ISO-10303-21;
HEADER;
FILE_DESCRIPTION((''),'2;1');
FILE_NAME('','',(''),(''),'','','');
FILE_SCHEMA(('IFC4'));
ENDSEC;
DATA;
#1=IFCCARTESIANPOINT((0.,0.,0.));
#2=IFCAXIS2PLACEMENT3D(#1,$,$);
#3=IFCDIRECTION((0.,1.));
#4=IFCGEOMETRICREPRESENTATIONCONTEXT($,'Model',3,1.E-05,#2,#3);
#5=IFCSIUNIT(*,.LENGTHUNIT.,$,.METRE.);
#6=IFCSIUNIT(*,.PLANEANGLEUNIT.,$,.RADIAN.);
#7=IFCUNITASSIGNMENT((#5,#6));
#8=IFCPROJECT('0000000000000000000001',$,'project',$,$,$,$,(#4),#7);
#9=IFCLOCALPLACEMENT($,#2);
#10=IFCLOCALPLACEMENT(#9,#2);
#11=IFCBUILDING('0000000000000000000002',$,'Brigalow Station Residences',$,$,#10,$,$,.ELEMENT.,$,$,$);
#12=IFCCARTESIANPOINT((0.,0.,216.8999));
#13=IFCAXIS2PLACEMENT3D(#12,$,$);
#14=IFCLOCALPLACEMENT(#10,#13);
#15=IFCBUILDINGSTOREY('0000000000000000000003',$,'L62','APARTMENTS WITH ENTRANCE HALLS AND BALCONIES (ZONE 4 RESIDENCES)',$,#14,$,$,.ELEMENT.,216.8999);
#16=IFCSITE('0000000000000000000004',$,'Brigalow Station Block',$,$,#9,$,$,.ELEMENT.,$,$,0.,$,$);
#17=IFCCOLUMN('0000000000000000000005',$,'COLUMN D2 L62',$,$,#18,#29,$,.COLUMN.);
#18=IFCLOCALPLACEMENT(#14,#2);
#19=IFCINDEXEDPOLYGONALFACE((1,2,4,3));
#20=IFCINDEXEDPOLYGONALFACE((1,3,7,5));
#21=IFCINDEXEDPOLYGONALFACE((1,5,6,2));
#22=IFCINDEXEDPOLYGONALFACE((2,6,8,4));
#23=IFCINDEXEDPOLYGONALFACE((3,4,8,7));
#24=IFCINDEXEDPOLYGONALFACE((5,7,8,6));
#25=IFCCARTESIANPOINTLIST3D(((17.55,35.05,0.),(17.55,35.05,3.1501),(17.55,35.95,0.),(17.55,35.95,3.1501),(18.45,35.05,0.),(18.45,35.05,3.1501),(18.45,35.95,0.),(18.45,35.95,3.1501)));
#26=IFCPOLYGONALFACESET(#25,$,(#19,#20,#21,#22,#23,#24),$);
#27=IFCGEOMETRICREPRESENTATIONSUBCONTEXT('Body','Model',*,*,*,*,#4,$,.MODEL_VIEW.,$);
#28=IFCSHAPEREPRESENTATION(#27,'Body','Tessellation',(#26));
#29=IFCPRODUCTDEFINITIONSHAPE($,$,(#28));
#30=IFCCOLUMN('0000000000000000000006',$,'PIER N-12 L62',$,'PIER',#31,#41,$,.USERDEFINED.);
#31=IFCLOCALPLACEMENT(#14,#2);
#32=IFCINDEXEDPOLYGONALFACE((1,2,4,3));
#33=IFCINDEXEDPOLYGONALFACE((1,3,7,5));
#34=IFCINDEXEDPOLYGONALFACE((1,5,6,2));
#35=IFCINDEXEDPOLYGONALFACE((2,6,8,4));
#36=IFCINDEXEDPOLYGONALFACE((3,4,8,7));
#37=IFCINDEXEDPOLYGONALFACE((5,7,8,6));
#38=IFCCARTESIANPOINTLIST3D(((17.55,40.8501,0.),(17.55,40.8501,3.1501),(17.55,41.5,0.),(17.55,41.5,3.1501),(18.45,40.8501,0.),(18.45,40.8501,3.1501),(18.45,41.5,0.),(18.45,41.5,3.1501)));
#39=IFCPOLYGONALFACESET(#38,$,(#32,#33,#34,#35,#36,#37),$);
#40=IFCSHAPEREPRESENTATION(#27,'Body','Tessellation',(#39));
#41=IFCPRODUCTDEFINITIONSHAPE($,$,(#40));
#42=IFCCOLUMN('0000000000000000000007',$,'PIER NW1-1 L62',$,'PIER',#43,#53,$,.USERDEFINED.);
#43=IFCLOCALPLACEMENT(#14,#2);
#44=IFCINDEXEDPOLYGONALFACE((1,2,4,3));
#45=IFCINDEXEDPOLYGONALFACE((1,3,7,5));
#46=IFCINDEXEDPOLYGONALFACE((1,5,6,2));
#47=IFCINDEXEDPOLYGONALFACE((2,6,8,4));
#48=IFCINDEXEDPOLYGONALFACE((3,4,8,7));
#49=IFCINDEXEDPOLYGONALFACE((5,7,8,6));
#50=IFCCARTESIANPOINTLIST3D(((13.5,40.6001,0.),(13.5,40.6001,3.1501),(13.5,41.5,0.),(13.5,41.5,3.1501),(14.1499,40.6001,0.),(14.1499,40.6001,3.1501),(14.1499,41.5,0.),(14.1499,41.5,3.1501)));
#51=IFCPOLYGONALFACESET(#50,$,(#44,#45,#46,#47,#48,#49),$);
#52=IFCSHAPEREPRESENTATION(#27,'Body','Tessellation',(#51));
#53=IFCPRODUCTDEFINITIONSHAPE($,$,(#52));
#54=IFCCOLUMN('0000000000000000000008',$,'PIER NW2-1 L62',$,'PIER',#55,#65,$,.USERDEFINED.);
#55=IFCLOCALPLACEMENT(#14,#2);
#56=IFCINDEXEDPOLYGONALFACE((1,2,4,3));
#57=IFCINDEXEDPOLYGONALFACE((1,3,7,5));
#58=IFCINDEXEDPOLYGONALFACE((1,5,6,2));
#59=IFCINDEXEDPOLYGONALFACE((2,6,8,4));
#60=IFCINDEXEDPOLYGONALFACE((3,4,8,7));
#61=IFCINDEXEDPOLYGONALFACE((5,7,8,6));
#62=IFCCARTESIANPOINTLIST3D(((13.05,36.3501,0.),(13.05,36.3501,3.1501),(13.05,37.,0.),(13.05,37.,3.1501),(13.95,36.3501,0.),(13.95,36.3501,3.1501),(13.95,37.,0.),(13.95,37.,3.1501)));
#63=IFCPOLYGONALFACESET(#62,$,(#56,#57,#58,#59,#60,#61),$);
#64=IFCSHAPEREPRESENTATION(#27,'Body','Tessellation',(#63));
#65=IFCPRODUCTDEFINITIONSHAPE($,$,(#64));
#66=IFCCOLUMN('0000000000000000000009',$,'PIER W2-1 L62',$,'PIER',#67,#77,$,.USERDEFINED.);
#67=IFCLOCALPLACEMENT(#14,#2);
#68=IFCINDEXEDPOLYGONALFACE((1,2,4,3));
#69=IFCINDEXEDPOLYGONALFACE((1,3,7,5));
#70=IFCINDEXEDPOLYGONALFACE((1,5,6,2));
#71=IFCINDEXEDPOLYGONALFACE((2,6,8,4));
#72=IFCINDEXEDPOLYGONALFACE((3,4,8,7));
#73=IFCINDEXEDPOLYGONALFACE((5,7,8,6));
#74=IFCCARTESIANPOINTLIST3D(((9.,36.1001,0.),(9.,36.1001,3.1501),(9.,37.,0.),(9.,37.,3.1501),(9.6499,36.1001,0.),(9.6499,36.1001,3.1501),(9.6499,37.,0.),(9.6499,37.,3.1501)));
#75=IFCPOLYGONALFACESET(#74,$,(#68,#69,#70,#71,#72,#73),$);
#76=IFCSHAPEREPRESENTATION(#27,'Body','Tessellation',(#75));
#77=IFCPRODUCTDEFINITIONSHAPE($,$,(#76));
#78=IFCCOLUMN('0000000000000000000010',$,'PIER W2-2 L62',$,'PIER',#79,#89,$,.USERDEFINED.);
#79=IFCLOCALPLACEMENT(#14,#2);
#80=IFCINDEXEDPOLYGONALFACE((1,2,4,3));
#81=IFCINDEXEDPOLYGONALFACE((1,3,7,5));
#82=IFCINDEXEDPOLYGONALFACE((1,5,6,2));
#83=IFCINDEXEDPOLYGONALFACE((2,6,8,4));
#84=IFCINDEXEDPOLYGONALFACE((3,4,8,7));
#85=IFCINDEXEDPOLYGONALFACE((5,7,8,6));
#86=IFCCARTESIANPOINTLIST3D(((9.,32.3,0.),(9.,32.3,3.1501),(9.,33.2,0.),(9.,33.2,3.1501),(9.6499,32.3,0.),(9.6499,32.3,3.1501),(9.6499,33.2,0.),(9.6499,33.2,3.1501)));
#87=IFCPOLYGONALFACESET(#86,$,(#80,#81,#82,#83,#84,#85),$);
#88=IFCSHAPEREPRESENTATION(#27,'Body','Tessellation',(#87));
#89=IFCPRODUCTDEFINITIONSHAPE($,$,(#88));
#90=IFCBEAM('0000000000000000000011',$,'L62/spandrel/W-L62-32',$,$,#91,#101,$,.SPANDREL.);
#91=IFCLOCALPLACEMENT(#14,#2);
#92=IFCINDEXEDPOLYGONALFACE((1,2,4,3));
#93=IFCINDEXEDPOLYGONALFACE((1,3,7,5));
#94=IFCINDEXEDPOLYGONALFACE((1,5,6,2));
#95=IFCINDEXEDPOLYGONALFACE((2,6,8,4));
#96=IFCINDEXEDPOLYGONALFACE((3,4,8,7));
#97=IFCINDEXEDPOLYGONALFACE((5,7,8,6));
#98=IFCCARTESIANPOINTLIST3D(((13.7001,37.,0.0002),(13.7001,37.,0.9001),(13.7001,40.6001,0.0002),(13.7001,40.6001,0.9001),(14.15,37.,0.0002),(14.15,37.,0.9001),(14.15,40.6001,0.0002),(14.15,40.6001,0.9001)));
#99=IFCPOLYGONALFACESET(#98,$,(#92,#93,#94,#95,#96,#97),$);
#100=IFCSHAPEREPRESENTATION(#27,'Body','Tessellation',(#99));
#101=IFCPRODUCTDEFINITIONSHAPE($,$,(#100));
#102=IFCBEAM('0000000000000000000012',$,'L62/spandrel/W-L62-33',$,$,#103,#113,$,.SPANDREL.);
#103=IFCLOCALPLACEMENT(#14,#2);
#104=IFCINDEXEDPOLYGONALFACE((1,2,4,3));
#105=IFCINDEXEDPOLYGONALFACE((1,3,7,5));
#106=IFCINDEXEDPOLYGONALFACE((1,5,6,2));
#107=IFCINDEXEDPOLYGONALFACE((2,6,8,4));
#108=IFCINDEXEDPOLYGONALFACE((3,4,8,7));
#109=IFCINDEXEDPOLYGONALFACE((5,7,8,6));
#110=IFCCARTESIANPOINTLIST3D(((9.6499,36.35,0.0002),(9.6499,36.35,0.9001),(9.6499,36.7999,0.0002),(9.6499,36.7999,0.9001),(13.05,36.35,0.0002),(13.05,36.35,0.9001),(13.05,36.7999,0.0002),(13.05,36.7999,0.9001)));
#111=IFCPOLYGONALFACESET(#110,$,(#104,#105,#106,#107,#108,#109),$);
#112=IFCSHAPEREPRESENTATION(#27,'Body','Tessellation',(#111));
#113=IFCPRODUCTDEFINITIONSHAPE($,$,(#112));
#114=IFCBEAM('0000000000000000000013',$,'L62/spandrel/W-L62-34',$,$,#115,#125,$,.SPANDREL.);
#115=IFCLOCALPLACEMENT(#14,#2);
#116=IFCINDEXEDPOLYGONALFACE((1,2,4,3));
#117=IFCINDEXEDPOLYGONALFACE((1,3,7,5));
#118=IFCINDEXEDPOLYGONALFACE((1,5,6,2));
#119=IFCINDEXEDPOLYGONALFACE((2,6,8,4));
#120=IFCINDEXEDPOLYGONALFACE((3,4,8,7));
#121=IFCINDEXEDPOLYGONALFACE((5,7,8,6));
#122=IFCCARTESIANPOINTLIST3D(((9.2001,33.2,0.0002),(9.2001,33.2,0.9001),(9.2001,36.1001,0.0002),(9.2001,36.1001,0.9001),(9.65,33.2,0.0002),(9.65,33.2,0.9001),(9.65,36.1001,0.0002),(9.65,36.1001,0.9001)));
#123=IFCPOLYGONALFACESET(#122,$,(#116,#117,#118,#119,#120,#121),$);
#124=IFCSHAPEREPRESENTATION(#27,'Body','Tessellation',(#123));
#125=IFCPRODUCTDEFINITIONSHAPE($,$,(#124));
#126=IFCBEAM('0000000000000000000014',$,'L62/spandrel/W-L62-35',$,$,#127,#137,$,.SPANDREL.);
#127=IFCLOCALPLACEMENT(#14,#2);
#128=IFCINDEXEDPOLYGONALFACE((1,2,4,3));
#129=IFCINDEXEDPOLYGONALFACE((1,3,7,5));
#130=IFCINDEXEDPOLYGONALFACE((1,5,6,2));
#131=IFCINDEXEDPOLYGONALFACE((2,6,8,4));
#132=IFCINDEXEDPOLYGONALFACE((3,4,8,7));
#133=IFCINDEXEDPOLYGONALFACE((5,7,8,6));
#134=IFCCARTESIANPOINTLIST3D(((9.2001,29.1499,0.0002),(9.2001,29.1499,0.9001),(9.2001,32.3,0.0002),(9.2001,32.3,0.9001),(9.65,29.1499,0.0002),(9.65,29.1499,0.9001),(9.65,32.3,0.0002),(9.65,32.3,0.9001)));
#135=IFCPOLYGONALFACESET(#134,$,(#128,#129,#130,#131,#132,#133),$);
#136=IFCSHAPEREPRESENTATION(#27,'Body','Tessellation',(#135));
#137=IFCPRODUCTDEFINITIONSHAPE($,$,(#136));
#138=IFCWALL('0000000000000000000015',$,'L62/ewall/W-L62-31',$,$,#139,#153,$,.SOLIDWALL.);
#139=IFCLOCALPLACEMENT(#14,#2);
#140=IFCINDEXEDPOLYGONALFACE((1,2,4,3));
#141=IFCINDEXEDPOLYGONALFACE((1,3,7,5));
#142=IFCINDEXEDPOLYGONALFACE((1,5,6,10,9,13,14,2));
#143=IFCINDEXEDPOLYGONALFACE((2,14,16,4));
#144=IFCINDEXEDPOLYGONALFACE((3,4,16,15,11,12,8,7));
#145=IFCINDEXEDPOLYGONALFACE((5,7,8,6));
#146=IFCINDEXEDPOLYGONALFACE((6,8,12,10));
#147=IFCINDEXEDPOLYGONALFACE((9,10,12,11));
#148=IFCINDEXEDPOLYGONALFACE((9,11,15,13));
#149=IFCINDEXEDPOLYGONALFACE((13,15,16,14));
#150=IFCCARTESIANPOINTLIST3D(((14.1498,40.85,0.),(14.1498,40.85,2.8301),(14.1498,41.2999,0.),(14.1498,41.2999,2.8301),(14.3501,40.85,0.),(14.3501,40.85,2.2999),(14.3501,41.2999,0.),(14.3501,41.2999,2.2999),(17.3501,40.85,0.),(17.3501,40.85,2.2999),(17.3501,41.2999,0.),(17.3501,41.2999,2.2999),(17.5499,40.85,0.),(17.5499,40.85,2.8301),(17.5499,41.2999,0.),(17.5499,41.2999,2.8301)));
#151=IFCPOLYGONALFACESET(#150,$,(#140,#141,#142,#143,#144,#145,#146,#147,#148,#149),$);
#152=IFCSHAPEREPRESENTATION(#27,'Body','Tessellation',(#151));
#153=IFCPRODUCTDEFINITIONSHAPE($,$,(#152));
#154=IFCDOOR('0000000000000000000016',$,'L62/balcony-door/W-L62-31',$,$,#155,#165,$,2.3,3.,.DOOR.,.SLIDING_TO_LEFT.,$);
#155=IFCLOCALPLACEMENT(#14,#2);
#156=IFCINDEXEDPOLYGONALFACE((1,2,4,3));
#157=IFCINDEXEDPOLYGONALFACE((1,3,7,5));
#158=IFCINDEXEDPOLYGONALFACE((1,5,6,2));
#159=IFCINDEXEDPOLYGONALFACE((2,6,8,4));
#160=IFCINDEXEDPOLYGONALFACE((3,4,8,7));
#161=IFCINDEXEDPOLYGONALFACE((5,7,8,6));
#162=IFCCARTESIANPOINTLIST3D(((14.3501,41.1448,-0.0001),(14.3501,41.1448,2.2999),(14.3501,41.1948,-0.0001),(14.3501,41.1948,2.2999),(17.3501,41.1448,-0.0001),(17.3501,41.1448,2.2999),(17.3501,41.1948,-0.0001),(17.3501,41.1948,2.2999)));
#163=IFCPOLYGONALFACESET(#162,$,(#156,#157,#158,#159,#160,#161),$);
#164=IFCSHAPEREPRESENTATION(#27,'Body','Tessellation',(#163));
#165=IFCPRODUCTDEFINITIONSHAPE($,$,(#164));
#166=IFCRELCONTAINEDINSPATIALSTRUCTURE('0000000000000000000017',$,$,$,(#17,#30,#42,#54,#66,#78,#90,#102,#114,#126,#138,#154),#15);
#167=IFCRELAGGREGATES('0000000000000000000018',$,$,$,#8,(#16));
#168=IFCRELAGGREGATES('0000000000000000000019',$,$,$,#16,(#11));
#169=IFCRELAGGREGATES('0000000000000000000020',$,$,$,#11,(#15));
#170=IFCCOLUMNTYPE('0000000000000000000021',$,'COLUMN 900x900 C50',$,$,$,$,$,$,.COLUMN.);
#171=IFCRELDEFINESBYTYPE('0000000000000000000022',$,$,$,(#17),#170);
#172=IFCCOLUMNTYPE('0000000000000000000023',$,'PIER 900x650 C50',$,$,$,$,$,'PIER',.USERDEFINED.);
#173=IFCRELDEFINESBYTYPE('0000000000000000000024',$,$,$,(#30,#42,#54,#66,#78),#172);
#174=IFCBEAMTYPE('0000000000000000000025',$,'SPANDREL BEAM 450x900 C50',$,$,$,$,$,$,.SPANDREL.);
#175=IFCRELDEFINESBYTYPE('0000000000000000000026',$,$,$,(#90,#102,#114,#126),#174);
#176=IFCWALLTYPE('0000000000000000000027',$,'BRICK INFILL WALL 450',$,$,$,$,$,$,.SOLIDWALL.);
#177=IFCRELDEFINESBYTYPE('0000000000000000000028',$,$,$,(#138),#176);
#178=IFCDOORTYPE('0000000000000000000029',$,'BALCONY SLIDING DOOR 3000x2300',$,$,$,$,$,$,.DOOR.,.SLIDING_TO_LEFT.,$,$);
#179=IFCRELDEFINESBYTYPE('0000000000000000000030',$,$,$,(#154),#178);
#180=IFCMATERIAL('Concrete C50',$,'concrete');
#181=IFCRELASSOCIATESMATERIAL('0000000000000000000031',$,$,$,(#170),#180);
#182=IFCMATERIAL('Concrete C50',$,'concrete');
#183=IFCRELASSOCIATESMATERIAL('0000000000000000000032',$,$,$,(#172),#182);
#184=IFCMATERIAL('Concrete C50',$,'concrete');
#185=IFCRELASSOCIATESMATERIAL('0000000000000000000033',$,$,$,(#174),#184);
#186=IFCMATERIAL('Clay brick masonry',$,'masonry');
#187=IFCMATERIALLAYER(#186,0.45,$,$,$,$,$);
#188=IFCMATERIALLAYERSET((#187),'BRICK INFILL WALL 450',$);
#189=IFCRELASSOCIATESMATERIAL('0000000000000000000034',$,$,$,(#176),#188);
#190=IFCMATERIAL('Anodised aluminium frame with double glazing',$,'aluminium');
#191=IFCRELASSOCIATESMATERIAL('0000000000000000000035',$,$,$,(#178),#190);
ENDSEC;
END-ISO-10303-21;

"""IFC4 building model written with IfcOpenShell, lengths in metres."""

from ifc_helpers import new_model, si_unit, direction, frame, frame_2d, origin, origin_2d, place, context, subcontext, project, spatial, rectangle, extrude, material, layer, layer_set, material_profile, profile_set, type_object, element, fill, save


model = new_model("IFC4")

# Units and contexts
model_context = context("Model", 3, precision=1e-05, world=origin(), true_north=direction((0.0, 1.0)))
body_context = subcontext(model_context, "Body", "Model", "MODEL_VIEW")
ifc_project = project(units=[si_unit("LENGTHUNIT", "METRE"), si_unit("PLANEANGLEUNIT", "RADIAN")], contexts=[model_context])

# Site, building, storey
site_placement = place(None, origin())
site = spatial("IfcSite", under=ifc_project, at=site_placement, Name="Brigalow Station Block", CompositionType="ELEMENT", RefElevation=0.0)
building_placement = place(site_placement, origin())
building = spatial("IfcBuilding", under=site, at=building_placement, Name="Brigalow Station Residences", CompositionType="ELEMENT")
storey_placement = place(building_placement, frame((0.0, 0.0, 216.8999)))
storey = spatial("IfcBuildingStorey", under=building, at=storey_placement, Name="L62", Description="APARTMENTS WITH ENTRANCE HALLS AND BALCONIES (ZONE 4 RESIDENCES)", CompositionType="ELEMENT", Elevation=216.8999)

# Columns
ifc_material_1 = material(Name="Concrete C50", Category="concrete")
ifc_material_profile_1 = material_profile(ifc_material_1, rectangle(XDim=0.8999, YDim=0.8999, at=origin_2d()), Name="RC900x900")
ifc_profile_set_1 = profile_set([ifc_material_profile_1], Name="Concrete C50")
column_type_1 = type_object("IfcColumnType", Name="COLUMN 900x900 C50", PredefinedType="COLUMN", material=ifc_profile_set_1)
column_placement = place(storey_placement, frame((18.0, 35.5, 0.0), z_axis=(0.0, 0.0, 1.0), x_axis=(1.0, 0.0, 0.0)))
element("IfcColumn", 1, at=column_placement, inside=storey, type_object=column_type_1, Name="COLUMN D2 L62", PredefinedType="COLUMN", context=body_context, shape_type="SweptSolid", body=[
    extrude(rectangle(XDim=0.8999, YDim=0.8999, at=origin_2d()), origin(), (0.0, 0.0, 1.0), 3.1501),
])
ifc_material_2 = material(Name="Concrete C50", Category="concrete")
ifc_material_profile_2 = material_profile(ifc_material_2, rectangle(XDim=0.8999, YDim=0.6499, at=origin_2d()), Name="RC900x650")
ifc_profile_set_2 = profile_set([ifc_material_profile_2], Name="Concrete C50")
column_type_2 = type_object("IfcColumnType", Name="PIER 900x650 C50", ElementType="PIER", PredefinedType="USERDEFINED", material=ifc_profile_set_2)
for number, where, z_axis, x_axis, name in (
    (2, (18.0, 41.175, 0.0), (0.0, 0.0, 1.0), (-1.0, 0.0, 0.0), "PIER N-12 L62"),
    (3, (13.825, 41.05, 0.0), (0.0, 0.0, 1.0), (0.0, -1.0, 0.0), "PIER NW1-1 L62"),
    (4, (13.5, 36.675, 0.0), (0.0, 0.0, 1.0), (-1.0, 0.0, 0.0), "PIER NW2-1 L62"),
    (5, (9.325, 36.55, 0.0), (0.0, 0.0, 1.0), (0.0, -1.0, 0.0), "PIER W2-1 L62"),
    (6, (9.325, 32.75, 0.0), (0.0, 0.0, 1.0), (0.0, -1.0, 0.0), "PIER W2-2 L62"),
):
    element("IfcColumn", number, at=place(storey_placement, frame(where, z_axis=z_axis, x_axis=x_axis)), inside=storey, type_object=column_type_2, Name=name, ObjectType="PIER", PredefinedType="USERDEFINED", context=body_context, shape_type="SweptSolid", body=[
        extrude(rectangle(XDim=0.8999, YDim=0.6499, at=origin_2d()), origin(), (0.0, 0.0, 1.0), 3.1501),
    ])

# Beams
ifc_material_3 = material(Name="Concrete C50", Category="concrete")
ifc_material_profile_3 = material_profile(ifc_material_3, rectangle(XDim=0.45, YDim=0.8999, at=origin_2d()), Name="RC450x900")
ifc_profile_set_3 = profile_set([ifc_material_profile_3], Name="Concrete C50")
beam_type = type_object("IfcBeamType", Name="SPANDREL BEAM 450x900 C50", PredefinedType="SPANDREL", material=ifc_profile_set_3)
beam_1_placement = place(storey_placement, frame((13.925, 40.6001, 0.4502), z_axis=(0.0, -1.0, 0.0), x_axis=(1.0, 0.0, 0.0)))
element("IfcBeam", 7, at=beam_1_placement, inside=storey, type_object=beam_type, Name="L62/spandrel/W-L62-32", PredefinedType="SPANDREL", context=body_context, shape_type="SweptSolid", body=[
    extrude(rectangle(XDim=0.45, YDim=0.8999, at=origin_2d()), origin(), (0.0, 0.0, 1.0), 3.6001),
])
beam_2_placement = place(storey_placement, frame((13.05, 36.575, 0.4502), z_axis=(-1.0, 0.0, 0.0), x_axis=(0.0, -1.0, 0.0)))
element("IfcBeam", 8, at=beam_2_placement, inside=storey, type_object=beam_type, Name="L62/spandrel/W-L62-33", PredefinedType="SPANDREL", context=body_context, shape_type="SweptSolid", body=[
    extrude(rectangle(XDim=0.45, YDim=0.8999, at=origin_2d()), origin(), (0.0, 0.0, 1.0), 3.4001),
])
beam_3_placement = place(storey_placement, frame((9.425, 36.1001, 0.4502), z_axis=(0.0, -1.0, 0.0), x_axis=(1.0, 0.0, 0.0)))
element("IfcBeam", 9, at=beam_3_placement, inside=storey, type_object=beam_type, Name="L62/spandrel/W-L62-34", PredefinedType="SPANDREL", context=body_context, shape_type="SweptSolid", body=[
    extrude(rectangle(XDim=0.45, YDim=0.8999, at=origin_2d()), origin(), (0.0, 0.0, 1.0), 2.9001),
])
beam_4_placement = place(storey_placement, frame((9.425, 32.3, 0.4502), z_axis=(0.0, -1.0, 0.0), x_axis=(1.0, 0.0, 0.0)))
element("IfcBeam", 10, at=beam_4_placement, inside=storey, type_object=beam_type, Name="L62/spandrel/W-L62-35", PredefinedType="SPANDREL", context=body_context, shape_type="SweptSolid", body=[
    extrude(rectangle(XDim=0.45, YDim=0.8999, at=origin_2d()), origin(), (0.0, 0.0, 1.0), 3.1501),
])

# Wall, opening, door
ifc_material_4 = material(Name="Clay brick masonry", Category="masonry")
ifc_layer_1 = layer(ifc_material_4, 0.45)
ifc_layer_set_1 = layer_set([ifc_layer_1], Name="BRICK INFILL WALL 450")
wall_type_1 = type_object("IfcWallType", Name="BRICK INFILL WALL 450", PredefinedType="SOLIDWALL", material=ifc_layer_set_1)
wall_1_placement = place(storey_placement, frame((17.55, 41.075, 0.0), z_axis=(0.0, 0.0, 1.0), x_axis=(-1.0, 0.0, 0.0)))
wall_1 = element("IfcWall", 11, at=wall_1_placement, inside=storey, type_object=wall_type_1, Name="L62/ewall/W-L62-31", PredefinedType="SOLIDWALL", context=body_context, shape_type="SweptSolid", body=[
    extrude(rectangle(XDim=3.4001, YDim=0.45, at=frame_2d((1.7002, 0.0))), origin(), (0.0, 0.0, 1.0), 2.8301),
])
opening_1_placement = place(wall_1_placement, frame((0.2, 0.0, 0.0)))
opening_1 = element("IfcOpeningElement", 12, at=opening_1_placement, cuts=wall_1, PredefinedType="OPENING", context=body_context, shape_type="SweptSolid", body=[
    extrude(rectangle(XDim=3.0, YDim=2.3, at=frame_2d((1.5, 1.1499))), frame((0.0, 0.2349, 0.0), z_axis=(0.0, -1.0, 0.0), x_axis=(1.0, 0.0, 0.0)), (0.0, 0.0, 1.0), 0.47),
])
ifc_material_5 = material(Name="Anodised aluminium frame with double glazing", Category="aluminium")
door_type_1 = type_object("IfcDoorType", Name="BALCONY SLIDING DOOR 3000x2300", OperationType="SLIDING_TO_LEFT", PredefinedType="DOOR", material=ifc_material_5)
door_1_placement = place(opening_1_placement, origin())
door_1 = element("IfcDoor", 13, at=door_1_placement, inside=storey, type_object=door_type_1, Name="L62/balcony-door/W-L62-31", OperationType="SLIDING_TO_LEFT", OverallHeight=2.3, OverallWidth=3.0, PredefinedType="DOOR", context=body_context, shape_type="SweptSolid", body=[
    extrude(rectangle(XDim=3.0, YDim=2.3, at=frame_2d((1.5, 1.1499))), frame((0.0, -0.0698, 0.0), z_axis=(0.0, -1.0, 0.0), x_axis=(1.0, 0.0, 0.0)), (0.0, 0.0, 1.0), 0.05),
])
fill(opening_1, door_1)

save(model, "model.ifc")
